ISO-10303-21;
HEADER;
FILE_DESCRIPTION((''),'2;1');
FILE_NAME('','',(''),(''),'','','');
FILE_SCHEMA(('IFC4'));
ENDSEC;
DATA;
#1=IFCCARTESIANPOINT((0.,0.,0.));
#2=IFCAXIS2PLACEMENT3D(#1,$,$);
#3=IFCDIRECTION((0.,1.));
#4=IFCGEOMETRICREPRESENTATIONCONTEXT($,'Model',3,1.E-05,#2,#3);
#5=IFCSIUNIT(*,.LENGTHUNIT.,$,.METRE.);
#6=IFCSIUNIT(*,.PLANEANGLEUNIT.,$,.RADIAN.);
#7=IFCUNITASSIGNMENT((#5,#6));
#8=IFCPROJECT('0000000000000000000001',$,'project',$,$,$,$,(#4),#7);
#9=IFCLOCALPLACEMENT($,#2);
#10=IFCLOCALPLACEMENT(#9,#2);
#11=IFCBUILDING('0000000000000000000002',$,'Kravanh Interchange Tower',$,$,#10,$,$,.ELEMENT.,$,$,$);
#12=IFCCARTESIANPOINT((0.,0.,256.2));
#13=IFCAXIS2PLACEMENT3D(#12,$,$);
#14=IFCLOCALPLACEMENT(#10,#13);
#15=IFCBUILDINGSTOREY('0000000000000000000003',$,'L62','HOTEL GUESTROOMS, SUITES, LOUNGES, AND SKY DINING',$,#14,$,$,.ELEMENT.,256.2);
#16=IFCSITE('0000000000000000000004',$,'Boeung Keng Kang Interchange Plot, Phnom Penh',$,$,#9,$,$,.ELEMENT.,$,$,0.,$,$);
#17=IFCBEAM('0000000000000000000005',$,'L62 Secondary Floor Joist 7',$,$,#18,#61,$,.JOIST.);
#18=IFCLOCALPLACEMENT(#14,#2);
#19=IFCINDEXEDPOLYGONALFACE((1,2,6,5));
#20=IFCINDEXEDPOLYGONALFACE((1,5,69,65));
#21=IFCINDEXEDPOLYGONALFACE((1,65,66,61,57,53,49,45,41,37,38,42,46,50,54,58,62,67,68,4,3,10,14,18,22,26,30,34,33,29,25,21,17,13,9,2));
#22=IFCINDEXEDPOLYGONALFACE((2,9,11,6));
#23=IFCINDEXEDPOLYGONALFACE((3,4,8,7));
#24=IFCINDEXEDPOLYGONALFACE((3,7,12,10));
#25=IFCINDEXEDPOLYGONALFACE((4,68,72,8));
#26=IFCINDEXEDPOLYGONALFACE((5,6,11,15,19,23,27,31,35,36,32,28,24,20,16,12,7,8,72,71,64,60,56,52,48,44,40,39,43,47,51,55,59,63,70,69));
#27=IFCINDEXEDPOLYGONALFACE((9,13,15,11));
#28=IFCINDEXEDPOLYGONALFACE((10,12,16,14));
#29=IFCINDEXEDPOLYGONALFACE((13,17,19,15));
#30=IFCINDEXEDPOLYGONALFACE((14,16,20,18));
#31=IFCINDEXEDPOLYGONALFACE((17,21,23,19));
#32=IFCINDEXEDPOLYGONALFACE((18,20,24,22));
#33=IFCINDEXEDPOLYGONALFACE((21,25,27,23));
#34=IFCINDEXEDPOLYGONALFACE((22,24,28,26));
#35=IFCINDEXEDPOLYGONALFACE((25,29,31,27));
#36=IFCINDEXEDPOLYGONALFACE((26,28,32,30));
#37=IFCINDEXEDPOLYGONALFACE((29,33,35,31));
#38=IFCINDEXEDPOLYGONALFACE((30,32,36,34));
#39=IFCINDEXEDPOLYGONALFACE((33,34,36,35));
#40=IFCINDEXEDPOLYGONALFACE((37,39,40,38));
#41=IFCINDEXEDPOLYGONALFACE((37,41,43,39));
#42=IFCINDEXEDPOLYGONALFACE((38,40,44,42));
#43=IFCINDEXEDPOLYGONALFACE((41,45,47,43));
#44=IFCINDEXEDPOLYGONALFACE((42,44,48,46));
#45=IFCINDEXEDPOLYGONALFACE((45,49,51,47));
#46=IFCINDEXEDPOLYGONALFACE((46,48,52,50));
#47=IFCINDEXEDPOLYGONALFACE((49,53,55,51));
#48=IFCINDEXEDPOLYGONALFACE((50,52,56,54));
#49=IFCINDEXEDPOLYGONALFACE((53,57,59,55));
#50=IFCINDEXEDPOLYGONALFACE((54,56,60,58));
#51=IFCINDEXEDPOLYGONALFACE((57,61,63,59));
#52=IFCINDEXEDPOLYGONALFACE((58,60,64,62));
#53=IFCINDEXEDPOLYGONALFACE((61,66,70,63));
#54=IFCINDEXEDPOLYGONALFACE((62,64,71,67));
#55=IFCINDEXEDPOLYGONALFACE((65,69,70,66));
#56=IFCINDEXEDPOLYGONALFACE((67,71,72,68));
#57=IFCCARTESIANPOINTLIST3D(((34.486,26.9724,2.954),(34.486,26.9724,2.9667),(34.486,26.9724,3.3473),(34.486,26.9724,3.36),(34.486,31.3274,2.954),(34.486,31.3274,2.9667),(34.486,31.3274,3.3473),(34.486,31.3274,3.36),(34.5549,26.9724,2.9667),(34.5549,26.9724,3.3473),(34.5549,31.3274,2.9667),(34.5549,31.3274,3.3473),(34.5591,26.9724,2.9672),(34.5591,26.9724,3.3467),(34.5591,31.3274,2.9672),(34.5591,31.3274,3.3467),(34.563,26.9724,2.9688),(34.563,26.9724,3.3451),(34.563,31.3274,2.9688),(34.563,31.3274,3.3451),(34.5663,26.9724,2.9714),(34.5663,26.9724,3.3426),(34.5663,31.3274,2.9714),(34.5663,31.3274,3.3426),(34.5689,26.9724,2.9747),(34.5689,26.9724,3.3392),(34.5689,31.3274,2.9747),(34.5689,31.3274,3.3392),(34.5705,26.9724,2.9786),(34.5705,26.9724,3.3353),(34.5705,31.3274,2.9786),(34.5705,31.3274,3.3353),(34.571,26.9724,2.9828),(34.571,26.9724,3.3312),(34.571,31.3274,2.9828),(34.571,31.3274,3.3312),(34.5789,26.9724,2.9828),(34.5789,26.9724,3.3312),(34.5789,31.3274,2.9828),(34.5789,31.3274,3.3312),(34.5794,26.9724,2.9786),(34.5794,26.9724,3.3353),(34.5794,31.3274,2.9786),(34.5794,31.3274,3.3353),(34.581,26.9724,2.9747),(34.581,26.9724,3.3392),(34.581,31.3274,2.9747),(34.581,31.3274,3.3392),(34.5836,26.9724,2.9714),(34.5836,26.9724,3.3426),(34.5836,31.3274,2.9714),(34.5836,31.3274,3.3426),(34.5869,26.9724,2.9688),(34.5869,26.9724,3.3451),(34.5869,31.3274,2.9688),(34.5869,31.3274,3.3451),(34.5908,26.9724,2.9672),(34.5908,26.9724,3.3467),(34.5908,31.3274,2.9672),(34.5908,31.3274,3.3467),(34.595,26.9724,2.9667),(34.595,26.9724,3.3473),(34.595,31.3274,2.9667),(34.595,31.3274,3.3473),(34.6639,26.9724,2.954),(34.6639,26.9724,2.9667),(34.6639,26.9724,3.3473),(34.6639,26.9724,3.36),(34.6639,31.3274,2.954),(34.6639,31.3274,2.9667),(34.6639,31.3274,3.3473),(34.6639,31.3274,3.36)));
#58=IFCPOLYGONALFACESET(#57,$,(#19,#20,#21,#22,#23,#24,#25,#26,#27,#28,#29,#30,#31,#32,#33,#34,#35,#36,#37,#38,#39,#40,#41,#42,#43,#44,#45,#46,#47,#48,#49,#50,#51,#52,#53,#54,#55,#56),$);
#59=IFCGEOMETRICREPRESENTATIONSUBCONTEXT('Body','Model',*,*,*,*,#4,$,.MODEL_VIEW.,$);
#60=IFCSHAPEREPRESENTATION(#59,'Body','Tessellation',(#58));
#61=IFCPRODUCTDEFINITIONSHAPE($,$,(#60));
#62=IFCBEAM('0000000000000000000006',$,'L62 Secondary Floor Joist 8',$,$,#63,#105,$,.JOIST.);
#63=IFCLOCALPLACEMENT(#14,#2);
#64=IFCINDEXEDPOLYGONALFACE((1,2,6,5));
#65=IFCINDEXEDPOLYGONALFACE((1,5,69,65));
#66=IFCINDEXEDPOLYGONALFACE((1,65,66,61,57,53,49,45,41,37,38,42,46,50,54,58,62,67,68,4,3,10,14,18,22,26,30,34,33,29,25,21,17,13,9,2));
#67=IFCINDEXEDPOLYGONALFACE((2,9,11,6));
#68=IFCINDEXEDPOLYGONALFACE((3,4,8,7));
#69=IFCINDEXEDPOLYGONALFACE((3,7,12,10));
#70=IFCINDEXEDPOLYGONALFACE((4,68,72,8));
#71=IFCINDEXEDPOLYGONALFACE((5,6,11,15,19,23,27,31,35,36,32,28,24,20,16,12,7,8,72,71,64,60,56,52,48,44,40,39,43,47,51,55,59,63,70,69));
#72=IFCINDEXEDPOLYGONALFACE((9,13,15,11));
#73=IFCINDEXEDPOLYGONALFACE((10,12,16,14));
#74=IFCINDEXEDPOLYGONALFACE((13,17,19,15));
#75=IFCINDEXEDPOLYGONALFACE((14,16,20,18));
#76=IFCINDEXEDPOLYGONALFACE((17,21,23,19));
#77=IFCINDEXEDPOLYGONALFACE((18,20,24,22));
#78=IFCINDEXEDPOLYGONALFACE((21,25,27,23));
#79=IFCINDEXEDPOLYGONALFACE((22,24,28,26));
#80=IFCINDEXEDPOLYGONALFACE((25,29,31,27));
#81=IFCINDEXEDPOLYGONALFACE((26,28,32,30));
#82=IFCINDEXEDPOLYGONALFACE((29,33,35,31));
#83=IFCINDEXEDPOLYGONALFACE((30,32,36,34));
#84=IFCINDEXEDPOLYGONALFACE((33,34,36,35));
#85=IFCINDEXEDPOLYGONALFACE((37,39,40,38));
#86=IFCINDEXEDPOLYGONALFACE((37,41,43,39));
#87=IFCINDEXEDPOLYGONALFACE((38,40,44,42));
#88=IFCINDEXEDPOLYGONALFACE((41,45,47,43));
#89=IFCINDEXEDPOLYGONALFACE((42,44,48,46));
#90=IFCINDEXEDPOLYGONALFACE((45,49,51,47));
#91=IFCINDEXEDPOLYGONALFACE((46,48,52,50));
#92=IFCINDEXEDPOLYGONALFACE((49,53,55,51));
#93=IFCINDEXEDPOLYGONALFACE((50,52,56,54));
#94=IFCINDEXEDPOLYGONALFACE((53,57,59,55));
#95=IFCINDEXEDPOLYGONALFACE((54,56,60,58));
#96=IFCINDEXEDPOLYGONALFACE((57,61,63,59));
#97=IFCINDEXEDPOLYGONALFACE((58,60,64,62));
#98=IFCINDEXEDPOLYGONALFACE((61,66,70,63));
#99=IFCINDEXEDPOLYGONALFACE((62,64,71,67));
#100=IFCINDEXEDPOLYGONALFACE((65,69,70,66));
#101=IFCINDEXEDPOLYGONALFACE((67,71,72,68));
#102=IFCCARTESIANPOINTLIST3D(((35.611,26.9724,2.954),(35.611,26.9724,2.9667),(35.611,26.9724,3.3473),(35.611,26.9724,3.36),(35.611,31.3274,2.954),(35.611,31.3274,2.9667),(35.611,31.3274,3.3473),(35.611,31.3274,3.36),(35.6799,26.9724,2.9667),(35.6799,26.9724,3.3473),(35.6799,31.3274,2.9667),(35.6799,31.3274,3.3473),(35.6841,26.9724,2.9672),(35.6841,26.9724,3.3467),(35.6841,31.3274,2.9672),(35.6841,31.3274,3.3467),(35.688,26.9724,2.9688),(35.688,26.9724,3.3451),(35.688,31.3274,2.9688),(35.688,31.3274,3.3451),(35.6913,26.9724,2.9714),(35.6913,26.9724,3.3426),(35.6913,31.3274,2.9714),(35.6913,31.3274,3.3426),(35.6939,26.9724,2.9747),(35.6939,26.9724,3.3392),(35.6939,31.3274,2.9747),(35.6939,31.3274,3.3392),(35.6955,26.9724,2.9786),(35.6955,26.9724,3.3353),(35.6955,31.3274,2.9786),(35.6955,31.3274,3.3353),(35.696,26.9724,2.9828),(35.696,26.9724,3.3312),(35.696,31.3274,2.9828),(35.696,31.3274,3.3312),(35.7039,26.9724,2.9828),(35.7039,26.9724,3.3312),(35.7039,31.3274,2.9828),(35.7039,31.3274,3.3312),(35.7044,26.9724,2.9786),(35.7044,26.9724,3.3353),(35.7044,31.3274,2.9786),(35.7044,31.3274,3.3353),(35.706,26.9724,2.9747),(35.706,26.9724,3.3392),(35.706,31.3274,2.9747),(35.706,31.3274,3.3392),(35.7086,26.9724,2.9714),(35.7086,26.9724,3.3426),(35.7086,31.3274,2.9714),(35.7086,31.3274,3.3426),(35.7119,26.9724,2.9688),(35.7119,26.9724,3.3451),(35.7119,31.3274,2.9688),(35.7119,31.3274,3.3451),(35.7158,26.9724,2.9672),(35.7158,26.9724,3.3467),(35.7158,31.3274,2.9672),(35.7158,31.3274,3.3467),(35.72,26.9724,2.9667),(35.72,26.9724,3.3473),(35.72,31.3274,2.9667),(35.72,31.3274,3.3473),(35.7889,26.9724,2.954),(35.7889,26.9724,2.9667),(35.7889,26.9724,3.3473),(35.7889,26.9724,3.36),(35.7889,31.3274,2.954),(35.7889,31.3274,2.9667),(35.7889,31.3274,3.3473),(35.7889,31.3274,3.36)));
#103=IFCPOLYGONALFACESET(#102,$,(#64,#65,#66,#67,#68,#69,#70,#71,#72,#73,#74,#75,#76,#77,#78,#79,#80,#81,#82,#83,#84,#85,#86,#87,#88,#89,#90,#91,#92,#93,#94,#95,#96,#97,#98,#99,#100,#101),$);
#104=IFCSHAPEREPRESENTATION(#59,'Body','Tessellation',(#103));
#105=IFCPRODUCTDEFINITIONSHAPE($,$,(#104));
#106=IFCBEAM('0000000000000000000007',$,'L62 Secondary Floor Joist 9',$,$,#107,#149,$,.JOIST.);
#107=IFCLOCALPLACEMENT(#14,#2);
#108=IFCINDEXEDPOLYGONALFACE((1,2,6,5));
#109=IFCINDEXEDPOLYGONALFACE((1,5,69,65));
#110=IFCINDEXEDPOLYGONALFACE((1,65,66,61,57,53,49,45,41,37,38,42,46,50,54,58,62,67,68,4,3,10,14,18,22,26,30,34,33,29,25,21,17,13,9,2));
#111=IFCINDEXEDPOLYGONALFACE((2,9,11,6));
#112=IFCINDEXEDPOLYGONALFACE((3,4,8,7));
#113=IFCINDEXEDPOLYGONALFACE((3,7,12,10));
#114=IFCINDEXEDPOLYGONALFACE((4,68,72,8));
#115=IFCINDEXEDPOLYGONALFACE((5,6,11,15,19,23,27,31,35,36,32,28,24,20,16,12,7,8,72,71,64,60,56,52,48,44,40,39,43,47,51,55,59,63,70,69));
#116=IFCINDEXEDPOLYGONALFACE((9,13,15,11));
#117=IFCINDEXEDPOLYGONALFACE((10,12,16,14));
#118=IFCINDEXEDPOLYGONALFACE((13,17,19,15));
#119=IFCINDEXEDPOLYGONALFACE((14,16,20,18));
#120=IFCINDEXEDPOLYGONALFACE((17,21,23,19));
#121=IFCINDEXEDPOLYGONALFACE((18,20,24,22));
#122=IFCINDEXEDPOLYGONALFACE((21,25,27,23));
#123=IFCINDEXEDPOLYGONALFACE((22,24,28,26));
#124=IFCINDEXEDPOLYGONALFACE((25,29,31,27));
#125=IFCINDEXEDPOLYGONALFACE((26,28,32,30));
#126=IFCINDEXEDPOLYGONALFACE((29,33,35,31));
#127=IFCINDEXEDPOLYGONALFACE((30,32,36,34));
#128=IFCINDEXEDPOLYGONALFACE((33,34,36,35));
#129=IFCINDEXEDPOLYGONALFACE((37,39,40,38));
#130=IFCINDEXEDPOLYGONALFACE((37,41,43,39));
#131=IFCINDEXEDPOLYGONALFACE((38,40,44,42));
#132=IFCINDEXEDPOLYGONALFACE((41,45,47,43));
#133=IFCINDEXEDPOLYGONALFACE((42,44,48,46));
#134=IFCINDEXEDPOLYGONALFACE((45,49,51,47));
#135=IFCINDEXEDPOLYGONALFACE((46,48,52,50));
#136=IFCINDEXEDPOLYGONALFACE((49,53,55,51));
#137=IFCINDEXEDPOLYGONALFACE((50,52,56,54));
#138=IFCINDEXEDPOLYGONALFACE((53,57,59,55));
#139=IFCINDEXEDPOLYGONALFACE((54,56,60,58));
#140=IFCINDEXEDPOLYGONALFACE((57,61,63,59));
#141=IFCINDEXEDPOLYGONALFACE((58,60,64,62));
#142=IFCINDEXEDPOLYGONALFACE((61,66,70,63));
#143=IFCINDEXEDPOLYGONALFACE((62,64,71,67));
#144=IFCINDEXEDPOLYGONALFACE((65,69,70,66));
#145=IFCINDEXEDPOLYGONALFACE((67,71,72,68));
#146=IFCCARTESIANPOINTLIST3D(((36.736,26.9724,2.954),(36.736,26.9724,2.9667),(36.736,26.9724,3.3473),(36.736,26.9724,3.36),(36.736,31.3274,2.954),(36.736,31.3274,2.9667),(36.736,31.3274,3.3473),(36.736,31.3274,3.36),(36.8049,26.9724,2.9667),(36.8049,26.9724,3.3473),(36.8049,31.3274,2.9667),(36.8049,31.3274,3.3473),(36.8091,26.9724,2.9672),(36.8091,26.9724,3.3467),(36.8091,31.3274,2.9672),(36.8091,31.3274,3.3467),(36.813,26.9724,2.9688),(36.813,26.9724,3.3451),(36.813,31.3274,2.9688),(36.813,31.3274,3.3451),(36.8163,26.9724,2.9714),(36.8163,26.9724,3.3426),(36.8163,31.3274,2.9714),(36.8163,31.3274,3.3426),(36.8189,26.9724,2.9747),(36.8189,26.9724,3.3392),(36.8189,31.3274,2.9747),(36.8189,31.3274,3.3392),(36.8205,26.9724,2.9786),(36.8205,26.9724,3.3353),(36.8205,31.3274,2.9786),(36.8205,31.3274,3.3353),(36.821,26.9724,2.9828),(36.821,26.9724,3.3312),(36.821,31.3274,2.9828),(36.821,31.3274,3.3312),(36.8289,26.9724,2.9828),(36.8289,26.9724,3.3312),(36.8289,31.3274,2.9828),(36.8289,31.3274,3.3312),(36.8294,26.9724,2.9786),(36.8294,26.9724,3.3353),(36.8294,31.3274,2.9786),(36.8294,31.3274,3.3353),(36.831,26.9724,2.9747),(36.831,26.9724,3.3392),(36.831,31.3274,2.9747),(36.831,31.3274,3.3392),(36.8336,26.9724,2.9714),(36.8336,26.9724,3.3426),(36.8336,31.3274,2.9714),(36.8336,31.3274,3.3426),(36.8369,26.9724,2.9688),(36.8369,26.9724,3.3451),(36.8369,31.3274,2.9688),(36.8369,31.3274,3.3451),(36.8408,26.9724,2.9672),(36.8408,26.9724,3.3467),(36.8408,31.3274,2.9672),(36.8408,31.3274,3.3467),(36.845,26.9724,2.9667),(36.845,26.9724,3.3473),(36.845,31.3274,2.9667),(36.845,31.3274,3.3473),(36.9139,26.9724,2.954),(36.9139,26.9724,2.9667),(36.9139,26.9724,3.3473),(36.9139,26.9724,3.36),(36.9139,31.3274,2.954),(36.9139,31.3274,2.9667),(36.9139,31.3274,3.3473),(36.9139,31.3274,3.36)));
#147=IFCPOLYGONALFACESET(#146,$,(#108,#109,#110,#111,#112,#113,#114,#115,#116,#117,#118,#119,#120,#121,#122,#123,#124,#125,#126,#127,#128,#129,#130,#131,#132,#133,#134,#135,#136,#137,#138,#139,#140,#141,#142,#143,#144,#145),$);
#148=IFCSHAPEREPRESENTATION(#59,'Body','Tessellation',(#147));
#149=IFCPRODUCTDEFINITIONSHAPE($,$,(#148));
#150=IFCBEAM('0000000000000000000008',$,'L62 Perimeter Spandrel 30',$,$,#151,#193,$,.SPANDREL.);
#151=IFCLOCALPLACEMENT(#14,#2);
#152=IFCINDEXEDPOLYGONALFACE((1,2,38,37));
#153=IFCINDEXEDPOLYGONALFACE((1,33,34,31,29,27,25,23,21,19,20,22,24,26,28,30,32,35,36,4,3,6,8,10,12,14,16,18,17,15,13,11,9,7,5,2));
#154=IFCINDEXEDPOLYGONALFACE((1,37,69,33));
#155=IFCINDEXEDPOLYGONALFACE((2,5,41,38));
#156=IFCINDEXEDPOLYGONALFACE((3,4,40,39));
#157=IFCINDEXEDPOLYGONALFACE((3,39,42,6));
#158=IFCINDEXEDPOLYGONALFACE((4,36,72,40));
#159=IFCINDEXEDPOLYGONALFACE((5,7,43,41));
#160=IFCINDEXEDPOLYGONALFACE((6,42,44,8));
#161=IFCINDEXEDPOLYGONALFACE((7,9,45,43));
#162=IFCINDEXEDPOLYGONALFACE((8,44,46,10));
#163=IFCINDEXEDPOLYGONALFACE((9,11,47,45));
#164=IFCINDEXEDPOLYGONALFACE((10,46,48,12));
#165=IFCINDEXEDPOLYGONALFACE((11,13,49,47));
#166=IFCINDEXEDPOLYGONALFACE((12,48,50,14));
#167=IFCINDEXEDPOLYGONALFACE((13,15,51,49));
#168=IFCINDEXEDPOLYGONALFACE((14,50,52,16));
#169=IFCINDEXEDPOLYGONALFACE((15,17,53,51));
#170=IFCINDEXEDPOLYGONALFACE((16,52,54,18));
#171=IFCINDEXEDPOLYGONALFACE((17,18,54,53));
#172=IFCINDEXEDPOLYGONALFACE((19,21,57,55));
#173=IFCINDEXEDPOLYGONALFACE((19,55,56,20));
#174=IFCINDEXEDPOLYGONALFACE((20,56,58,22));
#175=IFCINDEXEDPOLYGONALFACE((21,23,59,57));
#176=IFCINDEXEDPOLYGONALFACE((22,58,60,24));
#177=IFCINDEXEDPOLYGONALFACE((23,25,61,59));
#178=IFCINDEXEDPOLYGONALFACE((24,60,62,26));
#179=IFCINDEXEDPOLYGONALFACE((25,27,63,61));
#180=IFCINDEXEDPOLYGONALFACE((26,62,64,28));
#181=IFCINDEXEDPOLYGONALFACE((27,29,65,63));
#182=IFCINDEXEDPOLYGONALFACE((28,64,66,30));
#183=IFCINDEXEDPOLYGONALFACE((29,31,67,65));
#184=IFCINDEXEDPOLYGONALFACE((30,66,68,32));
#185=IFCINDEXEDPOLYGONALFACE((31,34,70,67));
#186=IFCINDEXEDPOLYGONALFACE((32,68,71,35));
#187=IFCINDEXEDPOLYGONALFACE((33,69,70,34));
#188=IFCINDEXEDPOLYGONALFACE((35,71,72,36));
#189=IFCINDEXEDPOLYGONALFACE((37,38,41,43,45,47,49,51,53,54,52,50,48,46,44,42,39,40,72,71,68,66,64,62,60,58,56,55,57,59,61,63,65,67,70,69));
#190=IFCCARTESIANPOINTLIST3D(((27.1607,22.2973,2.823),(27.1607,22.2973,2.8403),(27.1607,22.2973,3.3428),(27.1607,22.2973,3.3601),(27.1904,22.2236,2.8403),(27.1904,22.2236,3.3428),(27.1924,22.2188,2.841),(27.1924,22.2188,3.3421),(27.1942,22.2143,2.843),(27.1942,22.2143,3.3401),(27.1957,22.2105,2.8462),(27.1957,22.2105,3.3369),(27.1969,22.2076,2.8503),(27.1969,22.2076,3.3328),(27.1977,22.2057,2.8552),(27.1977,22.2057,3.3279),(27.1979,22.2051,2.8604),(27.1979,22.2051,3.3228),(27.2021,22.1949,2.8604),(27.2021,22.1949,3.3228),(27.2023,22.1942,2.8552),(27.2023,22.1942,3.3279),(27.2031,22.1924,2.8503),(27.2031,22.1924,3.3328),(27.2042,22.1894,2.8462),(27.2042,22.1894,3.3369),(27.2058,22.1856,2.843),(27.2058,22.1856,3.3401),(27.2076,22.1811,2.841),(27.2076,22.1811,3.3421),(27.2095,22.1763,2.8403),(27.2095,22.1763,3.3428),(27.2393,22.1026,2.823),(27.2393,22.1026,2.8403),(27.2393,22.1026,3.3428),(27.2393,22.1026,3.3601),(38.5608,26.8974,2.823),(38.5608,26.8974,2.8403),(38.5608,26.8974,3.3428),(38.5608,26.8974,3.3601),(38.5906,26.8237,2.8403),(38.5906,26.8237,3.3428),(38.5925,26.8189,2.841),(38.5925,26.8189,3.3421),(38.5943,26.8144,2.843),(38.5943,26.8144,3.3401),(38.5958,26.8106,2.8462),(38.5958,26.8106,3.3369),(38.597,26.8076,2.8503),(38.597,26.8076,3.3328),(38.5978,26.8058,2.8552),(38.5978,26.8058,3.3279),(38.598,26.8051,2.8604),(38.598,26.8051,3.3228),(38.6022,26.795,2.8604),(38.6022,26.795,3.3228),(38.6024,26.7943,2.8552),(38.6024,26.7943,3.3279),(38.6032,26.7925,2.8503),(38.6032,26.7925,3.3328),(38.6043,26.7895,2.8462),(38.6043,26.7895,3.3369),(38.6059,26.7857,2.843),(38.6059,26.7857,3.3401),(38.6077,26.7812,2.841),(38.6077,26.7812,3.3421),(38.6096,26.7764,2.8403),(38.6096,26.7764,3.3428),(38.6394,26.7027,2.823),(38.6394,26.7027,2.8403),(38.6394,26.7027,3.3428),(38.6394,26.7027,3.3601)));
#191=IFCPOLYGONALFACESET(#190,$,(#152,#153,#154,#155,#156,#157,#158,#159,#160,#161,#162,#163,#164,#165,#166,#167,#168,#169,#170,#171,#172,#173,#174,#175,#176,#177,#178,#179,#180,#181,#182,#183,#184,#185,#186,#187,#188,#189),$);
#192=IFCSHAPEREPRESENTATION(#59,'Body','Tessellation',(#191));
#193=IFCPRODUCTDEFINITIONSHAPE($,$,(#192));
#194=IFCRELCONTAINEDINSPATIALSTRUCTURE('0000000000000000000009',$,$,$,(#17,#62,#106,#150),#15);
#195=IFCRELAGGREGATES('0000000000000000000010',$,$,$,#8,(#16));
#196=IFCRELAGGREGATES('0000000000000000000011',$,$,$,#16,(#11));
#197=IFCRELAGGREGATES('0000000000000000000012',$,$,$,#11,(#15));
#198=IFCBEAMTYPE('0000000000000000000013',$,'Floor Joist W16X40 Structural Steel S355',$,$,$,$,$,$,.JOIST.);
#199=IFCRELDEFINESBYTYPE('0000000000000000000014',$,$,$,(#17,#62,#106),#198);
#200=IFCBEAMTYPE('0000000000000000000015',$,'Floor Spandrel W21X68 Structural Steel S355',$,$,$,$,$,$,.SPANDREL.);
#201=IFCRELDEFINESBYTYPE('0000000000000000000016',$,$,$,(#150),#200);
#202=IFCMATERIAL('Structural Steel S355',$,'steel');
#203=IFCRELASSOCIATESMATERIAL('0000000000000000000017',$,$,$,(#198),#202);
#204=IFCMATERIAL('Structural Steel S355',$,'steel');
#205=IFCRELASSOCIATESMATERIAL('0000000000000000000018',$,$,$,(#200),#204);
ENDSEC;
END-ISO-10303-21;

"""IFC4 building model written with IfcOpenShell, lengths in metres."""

from ifc_helpers import new_model, si_unit, direction, frame, origin, origin_2d, place, context, subcontext, project, spatial, i_section, extrude, material, material_profile, profile_set, type_object, element, save


model = new_model("IFC4")

# Units and contexts
model_context = context("Model", 3, precision=1e-05, world=origin(), true_north=direction((0.0, 1.0)))
body_context = subcontext(model_context, "Body", "Model", "MODEL_VIEW")
ifc_project = project(units=[si_unit("LENGTHUNIT", "METRE"), si_unit("PLANEANGLEUNIT", "RADIAN")], contexts=[model_context])

# Site, building, storey
site_placement = place(None, origin())
site = spatial("IfcSite", under=ifc_project, at=site_placement, Name="Boeung Keng Kang Interchange Plot, Phnom Penh", CompositionType="ELEMENT", RefElevation=0.0)
building_placement = place(site_placement, origin())
building = spatial("IfcBuilding", under=site, at=building_placement, Name="Kravanh Interchange Tower", CompositionType="ELEMENT")
storey_placement = place(building_placement, frame((0.0, 0.0, 256.2)))
storey = spatial("IfcBuildingStorey", under=building, at=storey_placement, Name="L62", Description="HOTEL GUESTROOMS, SUITES, LOUNGES, AND SKY DINING", CompositionType="ELEMENT", Elevation=256.2)

# Beams
ifc_material_1 = material(Name="Structural Steel S355", Category="steel")
ifc_material_profile_1 = material_profile(ifc_material_1, i_section(OverallWidth=0.178, OverallDepth=0.406, WebThickness=0.0078, FlangeThickness=0.0127, FilletRadius=0.0161, at=origin_2d()), Name="W16X40")
ifc_profile_set_1 = profile_set([ifc_material_profile_1], Name="Structural Steel S355")
beam_type_1 = type_object("IfcBeamType", Name="Floor Joist W16X40 Structural Steel S355", PredefinedType="JOIST", material=ifc_profile_set_1)
for number, where, z_axis, x_axis, name in (
    (1, (34.575, 26.9724, 3.157), (0.0, 1.0, 0.0), (-1.0, 0.0, 0.0), "L62 Secondary Floor Joist 7"),
    (2, (35.7, 26.9724, 3.157), (0.0, 1.0, 0.0), (-1.0, 0.0, 0.0), "L62 Secondary Floor Joist 8"),
    (3, (36.825, 26.9724, 3.157), (0.0, 1.0, 0.0), (-1.0, 0.0, 0.0), "L62 Secondary Floor Joist 9"),
):
    element("IfcBeam", number, at=place(storey_placement, frame(where, z_axis=z_axis, x_axis=x_axis)), inside=storey, type_object=beam_type_1, Name=name, PredefinedType="JOIST", context=body_context, shape_type="SweptSolid", body=[
        extrude(i_section(OverallWidth=0.178, OverallDepth=0.406, WebThickness=0.0078, FlangeThickness=0.0127, FilletRadius=0.0161, at=origin_2d()), origin(), (0.0, 0.0, 1.0), 4.355),
    ])
ifc_material_2 = material(Name="Structural Steel S355", Category="steel")
ifc_material_profile_2 = material_profile(ifc_material_2, i_section(OverallWidth=0.21, OverallDepth=0.5371, WebThickness=0.011, FlangeThickness=0.0173, FilletRadius=0.02, at=origin_2d()), Name="W21X68")
ifc_profile_set_2 = profile_set([ifc_material_profile_2], Name="Structural Steel S355")
beam_type_2 = type_object("IfcBeamType", Name="Floor Spandrel W21X68 Structural Steel S355", PredefinedType="SPANDREL", material=ifc_profile_set_2)
beam_1_placement = place(storey_placement, frame((38.6001, 26.8, 3.0916), z_axis=(-0.927349, -0.374197, 0.0), x_axis=(0.374197, -0.927349, 0.0)))
element("IfcBeam", 4, at=beam_1_placement, inside=storey, type_object=beam_type_2, Name="L62 Perimeter Spandrel 30", PredefinedType="SPANDREL", context=body_context, shape_type="SweptSolid", body=[
    extrude(i_section(OverallWidth=0.21, OverallDepth=0.5371, WebThickness=0.011, FlangeThickness=0.0173, FilletRadius=0.02, at=origin_2d()), origin(), (0.0, 0.0, 1.0), 12.2932),
])

save(model, "model.ifc")
